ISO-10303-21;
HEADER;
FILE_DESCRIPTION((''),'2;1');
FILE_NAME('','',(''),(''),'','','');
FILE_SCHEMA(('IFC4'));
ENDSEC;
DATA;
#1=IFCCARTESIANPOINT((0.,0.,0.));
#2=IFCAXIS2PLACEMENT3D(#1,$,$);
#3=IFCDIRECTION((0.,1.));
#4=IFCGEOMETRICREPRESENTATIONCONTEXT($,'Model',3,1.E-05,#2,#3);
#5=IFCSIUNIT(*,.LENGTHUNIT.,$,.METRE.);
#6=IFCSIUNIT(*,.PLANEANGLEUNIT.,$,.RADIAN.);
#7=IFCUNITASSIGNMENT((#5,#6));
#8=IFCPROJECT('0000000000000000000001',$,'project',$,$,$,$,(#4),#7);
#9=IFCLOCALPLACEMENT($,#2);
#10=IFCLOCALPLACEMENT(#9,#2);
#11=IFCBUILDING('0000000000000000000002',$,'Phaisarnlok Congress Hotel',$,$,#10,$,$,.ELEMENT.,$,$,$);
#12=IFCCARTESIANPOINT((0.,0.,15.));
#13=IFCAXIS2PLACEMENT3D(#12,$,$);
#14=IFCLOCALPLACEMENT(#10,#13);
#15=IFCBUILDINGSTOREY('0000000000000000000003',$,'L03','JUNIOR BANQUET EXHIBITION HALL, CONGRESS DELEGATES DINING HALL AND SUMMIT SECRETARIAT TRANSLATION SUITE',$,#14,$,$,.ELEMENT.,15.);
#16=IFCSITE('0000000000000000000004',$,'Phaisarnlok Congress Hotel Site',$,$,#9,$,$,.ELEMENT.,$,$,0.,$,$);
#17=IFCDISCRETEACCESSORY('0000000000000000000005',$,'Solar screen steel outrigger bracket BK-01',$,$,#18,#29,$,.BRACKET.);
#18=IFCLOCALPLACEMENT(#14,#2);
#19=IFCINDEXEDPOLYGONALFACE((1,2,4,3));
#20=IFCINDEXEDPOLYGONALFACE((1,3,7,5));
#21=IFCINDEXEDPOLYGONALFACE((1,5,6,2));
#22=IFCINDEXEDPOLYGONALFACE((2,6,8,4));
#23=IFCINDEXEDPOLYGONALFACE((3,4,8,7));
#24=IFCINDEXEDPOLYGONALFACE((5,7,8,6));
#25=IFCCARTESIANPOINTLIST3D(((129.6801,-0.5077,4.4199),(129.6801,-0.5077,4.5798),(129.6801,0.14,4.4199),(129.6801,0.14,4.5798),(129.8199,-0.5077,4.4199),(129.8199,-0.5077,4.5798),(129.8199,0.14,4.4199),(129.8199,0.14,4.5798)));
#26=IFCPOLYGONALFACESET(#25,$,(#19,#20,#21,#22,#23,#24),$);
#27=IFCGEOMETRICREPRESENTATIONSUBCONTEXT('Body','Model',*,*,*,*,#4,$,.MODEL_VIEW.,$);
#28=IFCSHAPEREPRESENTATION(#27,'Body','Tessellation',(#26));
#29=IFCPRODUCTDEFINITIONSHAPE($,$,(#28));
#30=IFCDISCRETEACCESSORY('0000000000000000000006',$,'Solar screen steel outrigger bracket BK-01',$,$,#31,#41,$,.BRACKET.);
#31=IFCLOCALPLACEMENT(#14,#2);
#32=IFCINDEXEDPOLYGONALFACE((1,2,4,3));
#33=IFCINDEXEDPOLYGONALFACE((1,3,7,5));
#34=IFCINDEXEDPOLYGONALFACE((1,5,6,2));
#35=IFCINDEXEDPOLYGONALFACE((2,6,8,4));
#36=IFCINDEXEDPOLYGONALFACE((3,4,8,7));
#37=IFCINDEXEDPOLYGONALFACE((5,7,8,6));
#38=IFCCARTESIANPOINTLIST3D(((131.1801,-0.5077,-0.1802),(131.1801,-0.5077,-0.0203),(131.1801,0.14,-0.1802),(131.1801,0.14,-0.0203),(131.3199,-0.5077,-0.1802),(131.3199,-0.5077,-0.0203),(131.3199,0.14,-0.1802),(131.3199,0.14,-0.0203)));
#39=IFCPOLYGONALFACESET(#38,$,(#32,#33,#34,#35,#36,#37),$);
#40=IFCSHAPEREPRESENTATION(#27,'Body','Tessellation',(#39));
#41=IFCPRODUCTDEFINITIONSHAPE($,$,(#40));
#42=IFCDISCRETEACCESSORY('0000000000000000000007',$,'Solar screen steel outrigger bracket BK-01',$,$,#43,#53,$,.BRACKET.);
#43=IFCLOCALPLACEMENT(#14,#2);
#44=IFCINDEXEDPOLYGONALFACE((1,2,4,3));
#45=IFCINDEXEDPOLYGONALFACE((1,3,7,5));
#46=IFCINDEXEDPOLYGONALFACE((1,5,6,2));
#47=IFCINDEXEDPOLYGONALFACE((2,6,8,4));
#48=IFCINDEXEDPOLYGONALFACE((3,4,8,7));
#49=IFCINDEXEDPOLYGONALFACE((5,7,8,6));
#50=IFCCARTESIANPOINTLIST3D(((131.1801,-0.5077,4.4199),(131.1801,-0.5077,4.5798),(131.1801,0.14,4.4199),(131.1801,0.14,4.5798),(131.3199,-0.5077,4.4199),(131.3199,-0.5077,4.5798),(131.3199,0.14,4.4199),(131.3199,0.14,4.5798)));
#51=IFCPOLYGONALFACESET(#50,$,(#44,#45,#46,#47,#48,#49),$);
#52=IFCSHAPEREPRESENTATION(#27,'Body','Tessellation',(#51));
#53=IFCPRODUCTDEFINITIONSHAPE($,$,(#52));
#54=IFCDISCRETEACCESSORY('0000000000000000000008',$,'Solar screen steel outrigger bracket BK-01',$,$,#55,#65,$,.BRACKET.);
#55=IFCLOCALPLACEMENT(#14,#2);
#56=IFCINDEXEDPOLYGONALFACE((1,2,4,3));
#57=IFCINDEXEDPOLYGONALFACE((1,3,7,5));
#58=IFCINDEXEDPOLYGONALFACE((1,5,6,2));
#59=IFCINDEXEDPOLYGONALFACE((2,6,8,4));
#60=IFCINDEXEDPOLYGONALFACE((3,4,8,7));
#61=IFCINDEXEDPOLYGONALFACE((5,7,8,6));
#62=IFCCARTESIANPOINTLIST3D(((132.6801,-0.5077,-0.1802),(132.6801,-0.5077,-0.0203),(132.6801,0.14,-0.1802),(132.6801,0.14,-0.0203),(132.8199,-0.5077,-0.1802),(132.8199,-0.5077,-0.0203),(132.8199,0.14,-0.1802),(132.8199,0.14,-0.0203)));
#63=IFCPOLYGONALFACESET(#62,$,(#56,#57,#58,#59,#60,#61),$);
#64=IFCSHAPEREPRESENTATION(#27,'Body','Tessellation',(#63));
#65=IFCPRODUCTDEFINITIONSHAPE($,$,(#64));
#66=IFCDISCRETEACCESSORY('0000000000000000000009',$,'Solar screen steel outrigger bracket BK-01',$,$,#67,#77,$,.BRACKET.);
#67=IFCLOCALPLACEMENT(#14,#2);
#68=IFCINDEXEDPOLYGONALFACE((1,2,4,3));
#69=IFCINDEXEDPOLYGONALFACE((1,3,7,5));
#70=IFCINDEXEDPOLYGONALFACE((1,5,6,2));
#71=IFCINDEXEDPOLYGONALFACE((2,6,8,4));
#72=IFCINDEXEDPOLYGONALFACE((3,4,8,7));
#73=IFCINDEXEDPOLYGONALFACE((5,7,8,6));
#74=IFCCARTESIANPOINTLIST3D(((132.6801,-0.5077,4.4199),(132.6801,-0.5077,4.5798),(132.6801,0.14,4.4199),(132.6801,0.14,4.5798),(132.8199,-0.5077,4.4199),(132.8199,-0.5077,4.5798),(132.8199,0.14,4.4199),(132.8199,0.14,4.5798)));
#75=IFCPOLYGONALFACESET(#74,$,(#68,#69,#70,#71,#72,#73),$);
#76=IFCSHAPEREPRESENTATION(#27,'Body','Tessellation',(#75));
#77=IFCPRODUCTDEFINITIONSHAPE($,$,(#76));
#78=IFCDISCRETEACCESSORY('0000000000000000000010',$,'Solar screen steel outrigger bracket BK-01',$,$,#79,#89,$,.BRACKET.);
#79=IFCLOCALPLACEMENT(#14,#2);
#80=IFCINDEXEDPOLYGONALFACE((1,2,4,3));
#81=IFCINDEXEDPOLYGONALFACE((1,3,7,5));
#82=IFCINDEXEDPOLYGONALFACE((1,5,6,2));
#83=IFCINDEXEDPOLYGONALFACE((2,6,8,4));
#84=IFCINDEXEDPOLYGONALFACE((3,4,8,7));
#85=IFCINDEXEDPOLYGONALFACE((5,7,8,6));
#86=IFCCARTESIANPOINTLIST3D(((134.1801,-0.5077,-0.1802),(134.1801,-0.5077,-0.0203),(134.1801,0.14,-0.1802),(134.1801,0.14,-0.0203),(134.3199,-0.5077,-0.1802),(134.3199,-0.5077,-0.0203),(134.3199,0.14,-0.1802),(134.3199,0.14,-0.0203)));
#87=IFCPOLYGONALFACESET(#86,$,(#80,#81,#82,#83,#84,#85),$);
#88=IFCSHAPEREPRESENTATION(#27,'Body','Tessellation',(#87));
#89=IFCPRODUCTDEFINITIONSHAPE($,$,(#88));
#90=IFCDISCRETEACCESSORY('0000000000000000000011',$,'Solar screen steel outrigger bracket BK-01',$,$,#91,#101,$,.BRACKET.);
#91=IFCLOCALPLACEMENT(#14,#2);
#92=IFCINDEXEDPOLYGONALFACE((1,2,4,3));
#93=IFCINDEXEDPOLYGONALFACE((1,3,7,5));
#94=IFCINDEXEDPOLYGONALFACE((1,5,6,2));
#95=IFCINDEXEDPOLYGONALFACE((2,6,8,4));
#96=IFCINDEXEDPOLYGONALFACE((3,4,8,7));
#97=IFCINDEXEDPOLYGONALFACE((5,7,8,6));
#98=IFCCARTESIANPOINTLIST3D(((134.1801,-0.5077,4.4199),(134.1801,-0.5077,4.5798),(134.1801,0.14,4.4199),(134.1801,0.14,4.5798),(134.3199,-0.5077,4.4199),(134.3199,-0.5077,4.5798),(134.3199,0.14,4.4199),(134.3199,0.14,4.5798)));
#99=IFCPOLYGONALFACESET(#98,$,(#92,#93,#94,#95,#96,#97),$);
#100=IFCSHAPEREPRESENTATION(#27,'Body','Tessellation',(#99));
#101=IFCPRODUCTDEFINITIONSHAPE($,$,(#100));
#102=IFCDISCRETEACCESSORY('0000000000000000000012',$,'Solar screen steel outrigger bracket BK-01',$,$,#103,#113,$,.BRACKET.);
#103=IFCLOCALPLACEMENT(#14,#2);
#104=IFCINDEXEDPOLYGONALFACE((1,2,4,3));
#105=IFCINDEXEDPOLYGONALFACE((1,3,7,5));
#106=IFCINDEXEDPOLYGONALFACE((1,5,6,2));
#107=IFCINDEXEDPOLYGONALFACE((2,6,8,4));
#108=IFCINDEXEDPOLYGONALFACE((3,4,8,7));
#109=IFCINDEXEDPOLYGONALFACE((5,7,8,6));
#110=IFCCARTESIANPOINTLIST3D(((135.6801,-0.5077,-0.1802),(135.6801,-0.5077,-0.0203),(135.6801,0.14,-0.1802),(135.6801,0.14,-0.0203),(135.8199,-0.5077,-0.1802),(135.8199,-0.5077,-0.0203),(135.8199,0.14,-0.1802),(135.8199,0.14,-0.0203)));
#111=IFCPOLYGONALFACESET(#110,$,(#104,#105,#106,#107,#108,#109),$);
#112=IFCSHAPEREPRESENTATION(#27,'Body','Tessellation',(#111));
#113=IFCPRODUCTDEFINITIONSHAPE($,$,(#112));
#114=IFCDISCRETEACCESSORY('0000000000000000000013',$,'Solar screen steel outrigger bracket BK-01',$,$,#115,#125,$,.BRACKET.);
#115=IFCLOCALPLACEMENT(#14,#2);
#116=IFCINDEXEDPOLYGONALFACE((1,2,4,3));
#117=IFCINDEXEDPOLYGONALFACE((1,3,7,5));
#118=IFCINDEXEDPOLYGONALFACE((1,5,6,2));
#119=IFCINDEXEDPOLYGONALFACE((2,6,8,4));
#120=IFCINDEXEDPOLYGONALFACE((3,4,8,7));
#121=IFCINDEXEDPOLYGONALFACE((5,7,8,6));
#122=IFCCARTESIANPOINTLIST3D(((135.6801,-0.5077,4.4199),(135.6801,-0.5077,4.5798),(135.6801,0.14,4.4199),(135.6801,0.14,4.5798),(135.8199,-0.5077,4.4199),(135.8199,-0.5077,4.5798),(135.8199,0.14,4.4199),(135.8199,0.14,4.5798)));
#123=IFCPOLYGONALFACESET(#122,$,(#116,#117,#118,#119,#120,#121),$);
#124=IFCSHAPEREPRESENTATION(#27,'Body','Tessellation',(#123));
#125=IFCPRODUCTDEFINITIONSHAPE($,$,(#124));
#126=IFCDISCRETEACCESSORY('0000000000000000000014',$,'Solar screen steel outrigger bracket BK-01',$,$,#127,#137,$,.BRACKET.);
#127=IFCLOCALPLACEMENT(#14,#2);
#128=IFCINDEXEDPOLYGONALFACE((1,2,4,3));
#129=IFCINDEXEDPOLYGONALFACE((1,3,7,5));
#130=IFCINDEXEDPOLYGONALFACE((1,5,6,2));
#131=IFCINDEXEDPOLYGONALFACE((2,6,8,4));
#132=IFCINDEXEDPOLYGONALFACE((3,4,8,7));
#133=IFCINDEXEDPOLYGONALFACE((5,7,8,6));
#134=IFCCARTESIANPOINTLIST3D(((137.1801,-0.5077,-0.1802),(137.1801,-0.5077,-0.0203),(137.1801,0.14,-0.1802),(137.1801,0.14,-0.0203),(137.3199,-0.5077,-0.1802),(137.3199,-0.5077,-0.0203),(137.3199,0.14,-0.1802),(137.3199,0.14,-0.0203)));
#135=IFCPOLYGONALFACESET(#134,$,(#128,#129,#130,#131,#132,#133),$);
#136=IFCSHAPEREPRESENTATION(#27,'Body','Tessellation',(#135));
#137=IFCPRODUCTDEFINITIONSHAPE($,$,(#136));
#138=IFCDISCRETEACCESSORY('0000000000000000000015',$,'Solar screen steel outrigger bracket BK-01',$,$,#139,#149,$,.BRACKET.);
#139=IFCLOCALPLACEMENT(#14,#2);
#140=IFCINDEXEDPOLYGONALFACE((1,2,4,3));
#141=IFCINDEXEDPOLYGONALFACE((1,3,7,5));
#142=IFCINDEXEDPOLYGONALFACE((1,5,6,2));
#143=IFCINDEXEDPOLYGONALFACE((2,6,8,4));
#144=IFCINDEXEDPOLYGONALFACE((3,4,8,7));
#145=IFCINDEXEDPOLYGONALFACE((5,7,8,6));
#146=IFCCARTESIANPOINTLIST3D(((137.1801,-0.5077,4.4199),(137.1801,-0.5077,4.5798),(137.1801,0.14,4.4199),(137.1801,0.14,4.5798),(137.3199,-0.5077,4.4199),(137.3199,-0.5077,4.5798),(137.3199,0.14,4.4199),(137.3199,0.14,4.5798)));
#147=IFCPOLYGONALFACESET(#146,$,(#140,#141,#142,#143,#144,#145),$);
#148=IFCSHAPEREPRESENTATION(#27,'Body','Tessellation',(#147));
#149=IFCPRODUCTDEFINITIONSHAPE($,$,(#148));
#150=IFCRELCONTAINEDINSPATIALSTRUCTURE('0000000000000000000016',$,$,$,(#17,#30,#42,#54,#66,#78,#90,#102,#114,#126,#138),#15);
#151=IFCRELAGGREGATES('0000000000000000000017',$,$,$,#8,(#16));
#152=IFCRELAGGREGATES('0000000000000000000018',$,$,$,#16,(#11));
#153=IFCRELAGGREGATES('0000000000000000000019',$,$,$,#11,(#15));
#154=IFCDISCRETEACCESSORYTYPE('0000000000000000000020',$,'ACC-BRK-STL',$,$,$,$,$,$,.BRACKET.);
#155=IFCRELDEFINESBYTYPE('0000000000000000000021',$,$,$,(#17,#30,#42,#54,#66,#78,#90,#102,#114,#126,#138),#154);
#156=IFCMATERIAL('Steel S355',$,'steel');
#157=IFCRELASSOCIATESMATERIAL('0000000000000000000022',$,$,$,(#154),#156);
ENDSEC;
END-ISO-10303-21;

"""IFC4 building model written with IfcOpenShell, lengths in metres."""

from ifc_helpers import new_model, si_unit, direction, frame, origin, origin_2d, place, context, subcontext, project, spatial, rectangle, extrude, material, type_object, element, save


model = new_model("IFC4")

# Units and contexts
model_context = context("Model", 3, precision=1e-05, world=origin(), true_north=direction((0.0, 1.0)))
body_context = subcontext(model_context, "Body", "Model", "MODEL_VIEW")
ifc_project = project(units=[si_unit("LENGTHUNIT", "METRE"), si_unit("PLANEANGLEUNIT", "RADIAN")], contexts=[model_context])

# Site, building, storey
site_placement = place(None, origin())
site = spatial("IfcSite", under=ifc_project, at=site_placement, Name="Phaisarnlok Congress Hotel Site", CompositionType="ELEMENT", RefElevation=0.0)
building_placement = place(site_placement, origin())
building = spatial("IfcBuilding", under=site, at=building_placement, Name="Phaisarnlok Congress Hotel", CompositionType="ELEMENT")
storey_placement = place(building_placement, frame((0.0, 0.0, 15.0)))
storey = spatial("IfcBuildingStorey", under=building, at=storey_placement, Name="L03", Description="JUNIOR BANQUET EXHIBITION HALL, CONGRESS DELEGATES DINING HALL AND SUMMIT SECRETARIAT TRANSLATION SUITE", CompositionType="ELEMENT", Elevation=15.0)

# Shared definitions
ifc_material_1 = material(Name="Steel S355", Category="steel")

# Discrete accessories
discrete_accessory_type = type_object("IfcDiscreteAccessoryType", Name="ACC-BRK-STL", PredefinedType="BRACKET", material=ifc_material_1)
for number, where, z_axis, x_axis, name in (
    (1, (129.75, -0.1838, 4.4199), (0.0, 0.0, 1.0), (1.0, 0.0, 0.0), "Solar screen steel outrigger bracket BK-01"),
    (2, (131.25, -0.1838, -0.1802), (0.0, 0.0, 1.0), (1.0, 0.0, 0.0), "Solar screen steel outrigger bracket BK-01"),
    (3, (131.25, -0.1838, 4.4199), (0.0, 0.0, 1.0), (1.0, 0.0, 0.0), "Solar screen steel outrigger bracket BK-01"),
    (4, (132.75, -0.1838, -0.1802), (0.0, 0.0, 1.0), (1.0, 0.0, 0.0), "Solar screen steel outrigger bracket BK-01"),
    (5, (132.75, -0.1838, 4.4199), (0.0, 0.0, 1.0), (1.0, 0.0, 0.0), "Solar screen steel outrigger bracket BK-01"),
    (6, (134.25, -0.1838, -0.1802), (0.0, 0.0, 1.0), (1.0, 0.0, 0.0), "Solar screen steel outrigger bracket BK-01"),
    (7, (134.25, -0.1838, 4.4199), (0.0, 0.0, 1.0), (1.0, 0.0, 0.0), "Solar screen steel outrigger bracket BK-01"),
    (8, (135.75, -0.1838, -0.1802), (0.0, 0.0, 1.0), (1.0, 0.0, 0.0), "Solar screen steel outrigger bracket BK-01"),
    (9, (135.75, -0.1838, 4.4199), (0.0, 0.0, 1.0), (1.0, 0.0, 0.0), "Solar screen steel outrigger bracket BK-01"),
    (10, (137.25, -0.1838, -0.1802), (0.0, 0.0, 1.0), (1.0, 0.0, 0.0), "Solar screen steel outrigger bracket BK-01"),
    (11, (137.25, -0.1838, 4.4199), (0.0, 0.0, 1.0), (1.0, 0.0, 0.0), "Solar screen steel outrigger bracket BK-01"),
):
    element("IfcDiscreteAccessory", number, at=place(storey_placement, frame(where, z_axis=z_axis, x_axis=x_axis)), inside=storey, type_object=discrete_accessory_type, Name=name, PredefinedType="BRACKET", context=body_context, shape_type="SweptSolid", body=[
        extrude(rectangle(XDim=0.1399, YDim=0.6477, at=origin_2d()), origin(), (0.0, 0.0, 1.0), 0.1599),
    ])

save(model, "model.ifc")
